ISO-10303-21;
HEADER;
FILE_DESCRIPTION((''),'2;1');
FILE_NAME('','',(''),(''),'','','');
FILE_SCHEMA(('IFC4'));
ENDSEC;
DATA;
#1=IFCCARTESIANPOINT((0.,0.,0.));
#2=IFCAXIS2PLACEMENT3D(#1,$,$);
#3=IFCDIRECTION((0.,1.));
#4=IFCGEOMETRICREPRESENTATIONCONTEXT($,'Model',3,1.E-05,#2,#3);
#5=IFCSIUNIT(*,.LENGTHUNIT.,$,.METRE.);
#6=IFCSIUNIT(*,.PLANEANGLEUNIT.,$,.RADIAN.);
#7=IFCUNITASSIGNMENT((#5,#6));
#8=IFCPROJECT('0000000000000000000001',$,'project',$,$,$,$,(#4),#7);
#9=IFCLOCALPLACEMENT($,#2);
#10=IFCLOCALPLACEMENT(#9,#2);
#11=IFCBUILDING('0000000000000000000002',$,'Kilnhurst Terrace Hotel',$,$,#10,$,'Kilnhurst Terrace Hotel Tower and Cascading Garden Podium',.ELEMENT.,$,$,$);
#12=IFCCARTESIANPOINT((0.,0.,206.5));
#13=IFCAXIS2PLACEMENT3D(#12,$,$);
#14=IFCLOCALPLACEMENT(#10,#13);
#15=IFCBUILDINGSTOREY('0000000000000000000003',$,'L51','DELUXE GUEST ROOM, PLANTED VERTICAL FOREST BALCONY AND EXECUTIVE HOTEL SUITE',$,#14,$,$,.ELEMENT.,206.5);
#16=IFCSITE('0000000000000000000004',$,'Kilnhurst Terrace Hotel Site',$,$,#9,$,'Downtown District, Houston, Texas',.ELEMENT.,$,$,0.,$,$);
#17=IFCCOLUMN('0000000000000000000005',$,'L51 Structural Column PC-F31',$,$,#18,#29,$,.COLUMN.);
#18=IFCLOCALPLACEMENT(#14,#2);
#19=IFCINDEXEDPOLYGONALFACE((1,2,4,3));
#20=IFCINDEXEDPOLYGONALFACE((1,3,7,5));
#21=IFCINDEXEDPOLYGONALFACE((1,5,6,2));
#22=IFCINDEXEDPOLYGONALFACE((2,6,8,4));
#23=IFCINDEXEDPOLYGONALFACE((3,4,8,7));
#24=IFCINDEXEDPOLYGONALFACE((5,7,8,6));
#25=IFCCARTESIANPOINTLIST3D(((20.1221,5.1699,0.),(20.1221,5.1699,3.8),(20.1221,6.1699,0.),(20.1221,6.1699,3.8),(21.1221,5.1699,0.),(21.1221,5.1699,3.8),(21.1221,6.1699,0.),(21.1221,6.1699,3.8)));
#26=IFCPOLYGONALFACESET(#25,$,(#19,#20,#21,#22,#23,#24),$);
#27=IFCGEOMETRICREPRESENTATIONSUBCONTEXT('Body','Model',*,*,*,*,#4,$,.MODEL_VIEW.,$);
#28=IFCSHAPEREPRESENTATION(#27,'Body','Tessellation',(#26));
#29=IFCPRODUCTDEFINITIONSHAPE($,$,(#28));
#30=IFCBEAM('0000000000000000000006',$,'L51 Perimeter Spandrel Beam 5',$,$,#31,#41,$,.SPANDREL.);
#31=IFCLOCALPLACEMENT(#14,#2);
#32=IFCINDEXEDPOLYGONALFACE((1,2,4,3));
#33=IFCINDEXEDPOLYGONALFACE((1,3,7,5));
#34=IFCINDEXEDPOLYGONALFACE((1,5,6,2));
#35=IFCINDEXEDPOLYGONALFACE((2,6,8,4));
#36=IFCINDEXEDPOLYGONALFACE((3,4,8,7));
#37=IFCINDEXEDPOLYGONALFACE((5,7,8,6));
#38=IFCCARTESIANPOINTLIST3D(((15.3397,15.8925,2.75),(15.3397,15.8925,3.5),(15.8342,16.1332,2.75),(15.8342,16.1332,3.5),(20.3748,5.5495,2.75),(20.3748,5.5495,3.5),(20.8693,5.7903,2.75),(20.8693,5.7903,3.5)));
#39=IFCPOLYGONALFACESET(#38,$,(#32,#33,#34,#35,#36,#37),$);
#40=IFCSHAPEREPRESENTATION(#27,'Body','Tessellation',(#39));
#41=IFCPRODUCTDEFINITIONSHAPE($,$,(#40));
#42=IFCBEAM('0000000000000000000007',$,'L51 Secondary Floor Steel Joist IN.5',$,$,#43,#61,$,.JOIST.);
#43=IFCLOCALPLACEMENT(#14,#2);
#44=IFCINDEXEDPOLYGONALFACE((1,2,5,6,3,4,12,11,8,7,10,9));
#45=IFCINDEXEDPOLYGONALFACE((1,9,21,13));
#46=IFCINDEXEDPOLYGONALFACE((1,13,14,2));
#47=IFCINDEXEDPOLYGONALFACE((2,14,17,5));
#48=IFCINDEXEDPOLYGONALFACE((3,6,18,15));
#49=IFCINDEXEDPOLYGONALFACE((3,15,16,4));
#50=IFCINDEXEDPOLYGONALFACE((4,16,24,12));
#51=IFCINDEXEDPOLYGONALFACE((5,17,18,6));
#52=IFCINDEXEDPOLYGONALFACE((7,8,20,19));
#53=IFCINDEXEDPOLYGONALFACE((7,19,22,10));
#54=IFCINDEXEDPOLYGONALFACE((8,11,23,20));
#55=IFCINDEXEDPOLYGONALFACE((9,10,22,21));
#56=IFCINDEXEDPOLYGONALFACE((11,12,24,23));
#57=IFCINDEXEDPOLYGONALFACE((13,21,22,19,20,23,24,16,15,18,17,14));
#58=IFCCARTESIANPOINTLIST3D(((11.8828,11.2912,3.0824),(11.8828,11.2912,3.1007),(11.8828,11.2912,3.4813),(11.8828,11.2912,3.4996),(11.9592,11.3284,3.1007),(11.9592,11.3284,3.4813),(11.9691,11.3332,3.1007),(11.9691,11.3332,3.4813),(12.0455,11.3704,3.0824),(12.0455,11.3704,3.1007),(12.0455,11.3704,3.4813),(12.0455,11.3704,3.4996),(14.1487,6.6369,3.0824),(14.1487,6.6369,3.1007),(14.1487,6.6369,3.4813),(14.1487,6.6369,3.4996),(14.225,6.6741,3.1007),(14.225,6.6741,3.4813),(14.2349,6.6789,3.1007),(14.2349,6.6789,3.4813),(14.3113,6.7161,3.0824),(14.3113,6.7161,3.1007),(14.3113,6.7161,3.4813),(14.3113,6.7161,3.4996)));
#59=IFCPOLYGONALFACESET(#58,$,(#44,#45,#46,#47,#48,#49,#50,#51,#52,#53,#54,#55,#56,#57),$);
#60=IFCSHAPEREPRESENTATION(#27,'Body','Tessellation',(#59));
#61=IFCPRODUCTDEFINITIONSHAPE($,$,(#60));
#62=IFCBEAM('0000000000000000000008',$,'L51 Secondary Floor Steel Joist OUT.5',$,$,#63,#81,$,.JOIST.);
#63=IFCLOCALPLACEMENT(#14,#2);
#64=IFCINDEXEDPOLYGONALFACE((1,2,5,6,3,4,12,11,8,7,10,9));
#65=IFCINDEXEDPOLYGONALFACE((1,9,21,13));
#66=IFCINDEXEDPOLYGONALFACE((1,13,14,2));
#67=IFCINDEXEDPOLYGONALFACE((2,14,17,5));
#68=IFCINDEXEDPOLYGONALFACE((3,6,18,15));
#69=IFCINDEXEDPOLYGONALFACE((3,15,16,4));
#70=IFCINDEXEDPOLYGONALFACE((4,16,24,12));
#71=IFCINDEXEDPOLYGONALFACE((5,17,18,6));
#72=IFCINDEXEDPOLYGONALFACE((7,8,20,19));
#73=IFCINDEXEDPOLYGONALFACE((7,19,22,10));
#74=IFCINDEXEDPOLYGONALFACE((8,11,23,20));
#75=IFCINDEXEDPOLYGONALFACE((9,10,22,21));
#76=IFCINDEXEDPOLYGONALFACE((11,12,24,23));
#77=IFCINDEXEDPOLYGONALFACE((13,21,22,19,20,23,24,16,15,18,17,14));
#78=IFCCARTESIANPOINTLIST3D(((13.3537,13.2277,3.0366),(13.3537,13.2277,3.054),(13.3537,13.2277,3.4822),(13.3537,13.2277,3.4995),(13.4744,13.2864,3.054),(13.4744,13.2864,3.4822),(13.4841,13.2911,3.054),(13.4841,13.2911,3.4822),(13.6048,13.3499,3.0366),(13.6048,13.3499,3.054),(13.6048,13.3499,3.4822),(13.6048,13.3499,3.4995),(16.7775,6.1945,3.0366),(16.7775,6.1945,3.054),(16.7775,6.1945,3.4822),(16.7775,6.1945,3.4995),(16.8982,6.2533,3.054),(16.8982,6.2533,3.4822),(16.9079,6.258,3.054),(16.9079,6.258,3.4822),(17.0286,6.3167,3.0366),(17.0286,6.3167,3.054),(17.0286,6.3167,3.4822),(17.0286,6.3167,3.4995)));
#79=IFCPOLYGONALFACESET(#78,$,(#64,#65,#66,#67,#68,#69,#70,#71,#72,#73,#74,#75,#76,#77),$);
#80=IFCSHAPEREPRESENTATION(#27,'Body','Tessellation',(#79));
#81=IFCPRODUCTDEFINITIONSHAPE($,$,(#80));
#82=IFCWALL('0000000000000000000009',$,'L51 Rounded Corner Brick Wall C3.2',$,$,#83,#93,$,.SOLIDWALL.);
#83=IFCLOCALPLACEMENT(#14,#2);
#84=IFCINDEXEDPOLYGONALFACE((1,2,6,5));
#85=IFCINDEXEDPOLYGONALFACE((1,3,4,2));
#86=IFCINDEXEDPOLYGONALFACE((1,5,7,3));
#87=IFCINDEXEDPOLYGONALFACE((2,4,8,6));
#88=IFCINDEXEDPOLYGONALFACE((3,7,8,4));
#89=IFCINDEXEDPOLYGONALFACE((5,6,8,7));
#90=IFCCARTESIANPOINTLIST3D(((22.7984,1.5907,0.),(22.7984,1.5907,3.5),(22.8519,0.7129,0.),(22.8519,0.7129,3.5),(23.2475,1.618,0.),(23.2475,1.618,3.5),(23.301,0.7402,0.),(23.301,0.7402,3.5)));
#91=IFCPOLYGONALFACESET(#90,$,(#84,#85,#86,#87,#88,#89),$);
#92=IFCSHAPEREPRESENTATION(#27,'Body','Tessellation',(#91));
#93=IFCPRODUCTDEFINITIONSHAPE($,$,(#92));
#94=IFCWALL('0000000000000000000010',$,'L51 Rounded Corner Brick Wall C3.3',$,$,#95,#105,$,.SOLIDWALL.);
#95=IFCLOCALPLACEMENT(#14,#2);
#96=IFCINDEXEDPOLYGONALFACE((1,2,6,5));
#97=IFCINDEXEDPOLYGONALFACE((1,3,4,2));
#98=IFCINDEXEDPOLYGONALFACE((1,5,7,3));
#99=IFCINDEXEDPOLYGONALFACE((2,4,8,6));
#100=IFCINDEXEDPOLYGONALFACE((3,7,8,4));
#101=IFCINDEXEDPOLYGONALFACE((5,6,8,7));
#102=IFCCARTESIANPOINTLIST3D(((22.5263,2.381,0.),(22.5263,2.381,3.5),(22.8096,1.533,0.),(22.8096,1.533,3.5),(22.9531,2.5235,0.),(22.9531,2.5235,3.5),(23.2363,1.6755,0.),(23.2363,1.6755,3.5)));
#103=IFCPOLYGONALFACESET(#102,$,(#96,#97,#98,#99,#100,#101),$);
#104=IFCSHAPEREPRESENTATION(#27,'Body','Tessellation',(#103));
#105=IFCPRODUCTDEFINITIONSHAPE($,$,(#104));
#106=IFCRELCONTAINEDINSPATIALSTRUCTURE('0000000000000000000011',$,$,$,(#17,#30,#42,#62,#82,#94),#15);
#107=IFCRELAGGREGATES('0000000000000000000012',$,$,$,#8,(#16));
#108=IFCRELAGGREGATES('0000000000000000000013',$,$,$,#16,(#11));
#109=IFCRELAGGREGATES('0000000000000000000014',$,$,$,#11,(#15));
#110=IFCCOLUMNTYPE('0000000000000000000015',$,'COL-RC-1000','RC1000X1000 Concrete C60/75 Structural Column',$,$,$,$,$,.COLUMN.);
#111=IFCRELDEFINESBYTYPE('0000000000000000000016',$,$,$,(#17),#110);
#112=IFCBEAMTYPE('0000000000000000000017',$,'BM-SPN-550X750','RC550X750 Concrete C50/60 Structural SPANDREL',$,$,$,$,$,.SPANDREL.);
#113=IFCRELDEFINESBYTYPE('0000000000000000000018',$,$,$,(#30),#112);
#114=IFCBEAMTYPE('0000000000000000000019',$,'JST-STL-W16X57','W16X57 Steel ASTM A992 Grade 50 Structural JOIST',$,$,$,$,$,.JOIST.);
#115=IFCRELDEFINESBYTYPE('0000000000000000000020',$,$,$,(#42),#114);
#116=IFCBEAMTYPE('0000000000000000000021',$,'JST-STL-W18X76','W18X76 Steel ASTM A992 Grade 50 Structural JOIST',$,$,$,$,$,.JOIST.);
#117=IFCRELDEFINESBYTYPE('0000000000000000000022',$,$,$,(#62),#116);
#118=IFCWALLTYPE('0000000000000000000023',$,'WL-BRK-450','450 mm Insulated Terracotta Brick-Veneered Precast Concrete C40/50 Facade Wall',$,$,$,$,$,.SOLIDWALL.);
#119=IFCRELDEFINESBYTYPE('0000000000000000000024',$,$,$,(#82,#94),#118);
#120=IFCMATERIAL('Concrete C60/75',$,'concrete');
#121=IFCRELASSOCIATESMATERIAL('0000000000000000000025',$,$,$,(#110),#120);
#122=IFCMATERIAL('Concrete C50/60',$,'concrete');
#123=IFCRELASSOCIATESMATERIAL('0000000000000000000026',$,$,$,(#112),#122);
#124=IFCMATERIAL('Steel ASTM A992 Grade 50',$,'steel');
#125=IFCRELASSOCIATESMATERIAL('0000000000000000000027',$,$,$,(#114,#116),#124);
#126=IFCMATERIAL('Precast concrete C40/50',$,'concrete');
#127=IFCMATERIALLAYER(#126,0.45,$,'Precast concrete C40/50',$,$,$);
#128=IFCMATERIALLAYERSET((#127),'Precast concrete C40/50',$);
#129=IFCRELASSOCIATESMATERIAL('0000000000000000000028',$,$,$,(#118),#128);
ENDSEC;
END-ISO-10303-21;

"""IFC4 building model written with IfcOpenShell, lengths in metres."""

from ifc_helpers import new_model, si_unit, direction, frame, frame_2d, origin, origin_2d, place, context, subcontext, project, spatial, rectangle, i_section, extrude, material, layer, layer_set, material_profile, profile_set, type_object, element, save


model = new_model("IFC4")

# Units and contexts
model_context = context("Model", 3, precision=1e-05, world=origin(), true_north=direction((0.0, 1.0)))
body_context = subcontext(model_context, "Body", "Model", "MODEL_VIEW")
ifc_project = project(units=[si_unit("LENGTHUNIT", "METRE"), si_unit("PLANEANGLEUNIT", "RADIAN")], contexts=[model_context])

# Site, building, storey
site_placement = place(None, origin())
site = spatial("IfcSite", under=ifc_project, at=site_placement, Name="Kilnhurst Terrace Hotel Site", LongName="Downtown District, Houston, Texas", CompositionType="ELEMENT", RefElevation=0.0)
building_placement = place(site_placement, origin())
building = spatial("IfcBuilding", under=site, at=building_placement, Name="Kilnhurst Terrace Hotel", LongName="Kilnhurst Terrace Hotel Tower and Cascading Garden Podium", CompositionType="ELEMENT")
storey_placement = place(building_placement, frame((0.0, 0.0, 206.5)))
storey = spatial("IfcBuildingStorey", under=building, at=storey_placement, Name="L51", Description="DELUXE GUEST ROOM, PLANTED VERTICAL FOREST BALCONY AND EXECUTIVE HOTEL SUITE", CompositionType="ELEMENT", Elevation=206.5)

# Column
ifc_material_1 = material(Name="Concrete C60/75", Category="concrete")
ifc_material_profile_1 = material_profile(ifc_material_1, rectangle(XDim=1.0, YDim=1.0, at=origin_2d()), Name="RC1000X1000")
ifc_profile_set_1 = profile_set([ifc_material_profile_1], Name="Concrete C60/75")
column_type = type_object("IfcColumnType", Name="COL-RC-1000", Description="RC1000X1000 Concrete C60/75 Structural Column", PredefinedType="COLUMN", material=ifc_profile_set_1)
column_placement = place(storey_placement, frame((20.6221, 5.6699, 0.0), z_axis=(0.0, 0.0, 1.0), x_axis=(1.0, 0.0, 0.0)))
element("IfcColumn", 1, at=column_placement, inside=storey, type_object=column_type, Name="L51 Structural Column PC-F31", PredefinedType="COLUMN", context=body_context, shape_type="SweptSolid", body=[
    extrude(rectangle(XDim=1.0, YDim=1.0, at=origin_2d()), origin(), (0.0, 0.0, 1.0), 3.8),
])

# Beams
ifc_material_2 = material(Name="Concrete C50/60", Category="concrete")
ifc_material_profile_2 = material_profile(ifc_material_2, rectangle(XDim=0.55, YDim=0.75, at=origin_2d()), Name="RC550X750")
ifc_profile_set_2 = profile_set([ifc_material_profile_2], Name="Concrete C50/60")
beam_type_1 = type_object("IfcBeamType", Name="BM-SPN-550X750", Description="RC550X750 Concrete C50/60 Structural SPANDREL", PredefinedType="SPANDREL", material=ifc_profile_set_2)
beam_1_placement = place(storey_placement, frame((20.6221, 5.6699, 3.125), z_axis=(-0.437706, 0.899118, 0.0), x_axis=(-0.899118, -0.437706, 0.0)))
element("IfcBeam", 2, at=beam_1_placement, inside=storey, type_object=beam_type_1, Name="L51 Perimeter Spandrel Beam 5", PredefinedType="SPANDREL", context=body_context, shape_type="SweptSolid", body=[
    extrude(rectangle(XDim=0.55, YDim=0.75, at=origin_2d()), origin(), (0.0, 0.0, 1.0), 11.5034),
])
ifc_material_3 = material(Name="Steel ASTM A992 Grade 50", Category="steel")
ifc_material_profile_3 = material_profile(ifc_material_3, i_section(OverallWidth=0.1809, OverallDepth=0.4172, WebThickness=0.011, FlangeThickness=0.0183, at=origin_2d()), Name="W16X57")
ifc_profile_set_3 = profile_set([ifc_material_profile_3], Name="Steel ASTM A992 Grade 50")
beam_type_2 = type_object("IfcBeamType", Name="JST-STL-W16X57", Description="W16X57 Steel ASTM A992 Grade 50 Structural JOIST", PredefinedType="JOIST", material=ifc_profile_set_3)
beam_2_placement = place(storey_placement, frame((14.23, 6.6765, 3.291), z_axis=(-0.437718, 0.899112, 0.0), x_axis=(-0.899112, -0.437718, 0.0)))
element("IfcBeam", 3, at=beam_2_placement, inside=storey, type_object=beam_type_2, Name="L51 Secondary Floor Steel Joist IN.5", PredefinedType="JOIST", context=body_context, shape_type="SweptSolid", body=[
    extrude(i_section(OverallWidth=0.1809, OverallDepth=0.4172, WebThickness=0.011, FlangeThickness=0.0183, at=origin_2d()), origin(), (0.0, 0.0, 1.0), 5.1765),
])
ifc_material_profile_4 = material_profile(ifc_material_3, i_section(OverallWidth=0.2793, OverallDepth=0.4629, WebThickness=0.0107, FlangeThickness=0.0173, at=origin_2d()), Name="W18X76")
ifc_profile_set_4 = profile_set([ifc_material_profile_4], Name="Steel ASTM A992 Grade 50")
beam_type_3 = type_object("IfcBeamType", Name="JST-STL-W18X76", Description="W18X76 Steel ASTM A992 Grade 50 Structural JOIST", PredefinedType="JOIST", material=ifc_profile_set_4)
beam_3_placement = place(storey_placement, frame((16.9031, 6.2556, 3.2681), z_axis=(-0.4377, 0.899121, 0.0), x_axis=(-0.899121, -0.4377, 0.0)))
element("IfcBeam", 4, at=beam_3_placement, inside=storey, type_object=beam_type_3, Name="L51 Secondary Floor Steel Joist OUT.5", PredefinedType="JOIST", context=body_context, shape_type="SweptSolid", body=[
    extrude(i_section(OverallWidth=0.2793, OverallDepth=0.4629, WebThickness=0.0107, FlangeThickness=0.0173, at=origin_2d()), origin(), (0.0, 0.0, 1.0), 7.8223),
])

# Walls
ifc_material_4 = material(Name="Precast concrete C40/50", Category="concrete")
ifc_layer_1 = layer(ifc_material_4, 0.45, Name="Precast concrete C40/50")
ifc_layer_set_1 = layer_set([ifc_layer_1], Name="Precast concrete C40/50")
wall_type_1 = type_object("IfcWallType", Name="WL-BRK-450", Description="450 mm Insulated Terracotta Brick-Veneered Precast Concrete C40/50 Facade Wall", PredefinedType="SOLIDWALL", material=ifc_layer_set_1)
wall_1_placement = place(storey_placement, frame((23.0764, 0.7266, 0.0), z_axis=(0.0, 0.0, 1.0), x_axis=(-0.060805, 0.99815, 0.0)))
element("IfcWall", 5, at=wall_1_placement, inside=storey, type_object=wall_type_1, Name="L51 Rounded Corner Brick Wall C3.2", PredefinedType="SOLIDWALL", context=body_context, shape_type="SweptSolid", body=[
    extrude(rectangle(XDim=0.8794, YDim=0.45, at=frame_2d((0.4397, 0.0))), origin(), (0.0, 0.0, 1.0), 3.5),
])
wall_2_placement = place(storey_placement, frame((23.0229, 1.6042, 0.0), z_axis=(0.0, 0.0, 1.0), x_axis=(-0.316801, 0.948492, 0.0)))
element("IfcWall", 6, at=wall_2_placement, inside=storey, type_object=wall_type_1, Name="L51 Rounded Corner Brick Wall C3.3", PredefinedType="SOLIDWALL", context=body_context, shape_type="SweptSolid", body=[
    extrude(rectangle(XDim=0.894, YDim=0.45, at=frame_2d((0.447, 0.0))), origin(), (0.0, 0.0, 1.0), 3.5),
])

save(model, "model.ifc")
